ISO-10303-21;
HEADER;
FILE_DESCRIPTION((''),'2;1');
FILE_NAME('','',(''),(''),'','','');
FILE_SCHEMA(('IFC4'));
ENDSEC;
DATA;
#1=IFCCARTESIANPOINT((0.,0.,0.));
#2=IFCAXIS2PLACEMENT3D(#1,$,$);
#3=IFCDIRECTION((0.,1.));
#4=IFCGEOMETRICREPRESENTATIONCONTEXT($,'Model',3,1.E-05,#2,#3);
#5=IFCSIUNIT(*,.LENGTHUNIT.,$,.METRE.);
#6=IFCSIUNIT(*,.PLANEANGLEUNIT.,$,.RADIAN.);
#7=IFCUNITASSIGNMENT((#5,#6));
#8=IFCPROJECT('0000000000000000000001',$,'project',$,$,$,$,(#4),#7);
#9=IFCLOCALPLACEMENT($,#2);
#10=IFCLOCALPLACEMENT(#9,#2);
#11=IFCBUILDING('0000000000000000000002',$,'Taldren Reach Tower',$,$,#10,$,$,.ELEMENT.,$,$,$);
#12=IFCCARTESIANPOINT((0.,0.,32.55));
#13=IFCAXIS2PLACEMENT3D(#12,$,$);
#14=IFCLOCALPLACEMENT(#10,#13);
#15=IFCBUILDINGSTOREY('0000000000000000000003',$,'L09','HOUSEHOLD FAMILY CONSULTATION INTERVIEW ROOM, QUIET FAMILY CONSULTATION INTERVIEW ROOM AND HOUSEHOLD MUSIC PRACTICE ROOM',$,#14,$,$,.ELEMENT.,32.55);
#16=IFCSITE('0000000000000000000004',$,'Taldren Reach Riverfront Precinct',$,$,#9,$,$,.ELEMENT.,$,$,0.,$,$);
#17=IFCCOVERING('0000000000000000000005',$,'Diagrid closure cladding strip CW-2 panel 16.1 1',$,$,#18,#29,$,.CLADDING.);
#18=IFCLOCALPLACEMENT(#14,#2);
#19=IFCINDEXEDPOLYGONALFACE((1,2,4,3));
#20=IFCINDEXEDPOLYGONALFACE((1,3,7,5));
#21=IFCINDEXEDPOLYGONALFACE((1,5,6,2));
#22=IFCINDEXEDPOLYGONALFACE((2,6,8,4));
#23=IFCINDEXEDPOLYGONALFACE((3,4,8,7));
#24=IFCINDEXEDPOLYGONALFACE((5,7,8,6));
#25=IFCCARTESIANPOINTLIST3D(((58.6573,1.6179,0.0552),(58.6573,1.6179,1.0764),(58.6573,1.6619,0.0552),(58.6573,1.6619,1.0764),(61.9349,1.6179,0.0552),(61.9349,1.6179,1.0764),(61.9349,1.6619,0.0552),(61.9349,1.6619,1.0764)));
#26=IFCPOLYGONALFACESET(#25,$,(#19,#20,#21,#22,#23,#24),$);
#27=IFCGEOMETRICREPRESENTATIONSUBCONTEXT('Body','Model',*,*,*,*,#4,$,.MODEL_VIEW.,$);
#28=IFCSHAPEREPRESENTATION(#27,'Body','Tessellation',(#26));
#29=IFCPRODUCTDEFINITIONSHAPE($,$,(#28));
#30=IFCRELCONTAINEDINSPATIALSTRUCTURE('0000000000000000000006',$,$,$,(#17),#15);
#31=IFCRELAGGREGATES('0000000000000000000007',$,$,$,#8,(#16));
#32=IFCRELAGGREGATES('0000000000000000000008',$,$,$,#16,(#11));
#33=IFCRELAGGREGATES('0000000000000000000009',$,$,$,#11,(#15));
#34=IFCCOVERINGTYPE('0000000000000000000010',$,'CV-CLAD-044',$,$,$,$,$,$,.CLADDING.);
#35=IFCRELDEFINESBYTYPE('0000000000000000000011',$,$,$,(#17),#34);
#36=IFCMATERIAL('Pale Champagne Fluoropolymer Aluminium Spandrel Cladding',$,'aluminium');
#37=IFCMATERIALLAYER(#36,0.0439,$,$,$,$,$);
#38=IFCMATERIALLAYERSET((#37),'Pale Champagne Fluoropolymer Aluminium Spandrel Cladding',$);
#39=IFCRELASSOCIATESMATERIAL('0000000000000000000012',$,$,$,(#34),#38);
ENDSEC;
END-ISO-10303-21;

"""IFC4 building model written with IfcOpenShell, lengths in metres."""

from ifc_helpers import new_model, si_unit, direction, frame, origin, origin_2d, place, context, subcontext, project, spatial, rectangle, extrude, source, transform, mapped, material, layer, layer_set, type_object, element, save


model = new_model("IFC4")

# Units and contexts
model_context = context("Model", 3, precision=1e-05, world=origin(), true_north=direction((0.0, 1.0)))
body_context = subcontext(model_context, "Body", "Model", "MODEL_VIEW")
ifc_project = project(units=[si_unit("LENGTHUNIT", "METRE"), si_unit("PLANEANGLEUNIT", "RADIAN")], contexts=[model_context])

# Site, building, storey
site_placement = place(None, origin())
site = spatial("IfcSite", under=ifc_project, at=site_placement, Name="Taldren Reach Riverfront Precinct", CompositionType="ELEMENT", RefElevation=0.0)
building_placement = place(site_placement, origin())
building = spatial("IfcBuilding", under=site, at=building_placement, Name="Taldren Reach Tower", CompositionType="ELEMENT")
storey_placement = place(building_placement, frame((0.0, 0.0, 32.55)))
storey = spatial("IfcBuildingStorey", under=building, at=storey_placement, Name="L09", Description="HOUSEHOLD FAMILY CONSULTATION INTERVIEW ROOM, QUIET FAMILY CONSULTATION INTERVIEW ROOM AND HOUSEHOLD MUSIC PRACTICE ROOM", CompositionType="ELEMENT", Elevation=32.55)

# Covering
ifc_material_1 = material(Name="Pale Champagne Fluoropolymer Aluminium Spandrel Cladding", Category="aluminium")
ifc_layer_1 = layer(ifc_material_1, 0.0439)
ifc_layer_set_1 = layer_set([ifc_layer_1], Name="Pale Champagne Fluoropolymer Aluminium Spandrel Cladding")
covering_type = type_object("IfcCoveringType", Name="CV-CLAD-044", PredefinedType="CLADDING", material=ifc_layer_set_1)
shared_shape_1 = source(origin(), body_context, "Body", "SweptSolid", [
    extrude(rectangle(XDim=3.2776, YDim=0.0439, at=origin_2d()), origin(), (0.0, 0.0, 1.0), 1.0212),
])
covering_placement = place(storey_placement, frame((60.2961, 1.6399, 0.0552), z_axis=(0.0, 0.0, 1.0), x_axis=(1.0, 0.0, 0.0)))
element("IfcCovering", 1, at=covering_placement, inside=storey, type_object=covering_type, Name="Diagrid closure cladding strip CW-2 panel 16.1 1", PredefinedType="CLADDING", context=body_context, shape_type="MappedRepresentation", body=[
    mapped(shared_shape_1, transform((0.0, 0.0, 0.0), scale=1.0)),
])

save(model, "model.ifc")
